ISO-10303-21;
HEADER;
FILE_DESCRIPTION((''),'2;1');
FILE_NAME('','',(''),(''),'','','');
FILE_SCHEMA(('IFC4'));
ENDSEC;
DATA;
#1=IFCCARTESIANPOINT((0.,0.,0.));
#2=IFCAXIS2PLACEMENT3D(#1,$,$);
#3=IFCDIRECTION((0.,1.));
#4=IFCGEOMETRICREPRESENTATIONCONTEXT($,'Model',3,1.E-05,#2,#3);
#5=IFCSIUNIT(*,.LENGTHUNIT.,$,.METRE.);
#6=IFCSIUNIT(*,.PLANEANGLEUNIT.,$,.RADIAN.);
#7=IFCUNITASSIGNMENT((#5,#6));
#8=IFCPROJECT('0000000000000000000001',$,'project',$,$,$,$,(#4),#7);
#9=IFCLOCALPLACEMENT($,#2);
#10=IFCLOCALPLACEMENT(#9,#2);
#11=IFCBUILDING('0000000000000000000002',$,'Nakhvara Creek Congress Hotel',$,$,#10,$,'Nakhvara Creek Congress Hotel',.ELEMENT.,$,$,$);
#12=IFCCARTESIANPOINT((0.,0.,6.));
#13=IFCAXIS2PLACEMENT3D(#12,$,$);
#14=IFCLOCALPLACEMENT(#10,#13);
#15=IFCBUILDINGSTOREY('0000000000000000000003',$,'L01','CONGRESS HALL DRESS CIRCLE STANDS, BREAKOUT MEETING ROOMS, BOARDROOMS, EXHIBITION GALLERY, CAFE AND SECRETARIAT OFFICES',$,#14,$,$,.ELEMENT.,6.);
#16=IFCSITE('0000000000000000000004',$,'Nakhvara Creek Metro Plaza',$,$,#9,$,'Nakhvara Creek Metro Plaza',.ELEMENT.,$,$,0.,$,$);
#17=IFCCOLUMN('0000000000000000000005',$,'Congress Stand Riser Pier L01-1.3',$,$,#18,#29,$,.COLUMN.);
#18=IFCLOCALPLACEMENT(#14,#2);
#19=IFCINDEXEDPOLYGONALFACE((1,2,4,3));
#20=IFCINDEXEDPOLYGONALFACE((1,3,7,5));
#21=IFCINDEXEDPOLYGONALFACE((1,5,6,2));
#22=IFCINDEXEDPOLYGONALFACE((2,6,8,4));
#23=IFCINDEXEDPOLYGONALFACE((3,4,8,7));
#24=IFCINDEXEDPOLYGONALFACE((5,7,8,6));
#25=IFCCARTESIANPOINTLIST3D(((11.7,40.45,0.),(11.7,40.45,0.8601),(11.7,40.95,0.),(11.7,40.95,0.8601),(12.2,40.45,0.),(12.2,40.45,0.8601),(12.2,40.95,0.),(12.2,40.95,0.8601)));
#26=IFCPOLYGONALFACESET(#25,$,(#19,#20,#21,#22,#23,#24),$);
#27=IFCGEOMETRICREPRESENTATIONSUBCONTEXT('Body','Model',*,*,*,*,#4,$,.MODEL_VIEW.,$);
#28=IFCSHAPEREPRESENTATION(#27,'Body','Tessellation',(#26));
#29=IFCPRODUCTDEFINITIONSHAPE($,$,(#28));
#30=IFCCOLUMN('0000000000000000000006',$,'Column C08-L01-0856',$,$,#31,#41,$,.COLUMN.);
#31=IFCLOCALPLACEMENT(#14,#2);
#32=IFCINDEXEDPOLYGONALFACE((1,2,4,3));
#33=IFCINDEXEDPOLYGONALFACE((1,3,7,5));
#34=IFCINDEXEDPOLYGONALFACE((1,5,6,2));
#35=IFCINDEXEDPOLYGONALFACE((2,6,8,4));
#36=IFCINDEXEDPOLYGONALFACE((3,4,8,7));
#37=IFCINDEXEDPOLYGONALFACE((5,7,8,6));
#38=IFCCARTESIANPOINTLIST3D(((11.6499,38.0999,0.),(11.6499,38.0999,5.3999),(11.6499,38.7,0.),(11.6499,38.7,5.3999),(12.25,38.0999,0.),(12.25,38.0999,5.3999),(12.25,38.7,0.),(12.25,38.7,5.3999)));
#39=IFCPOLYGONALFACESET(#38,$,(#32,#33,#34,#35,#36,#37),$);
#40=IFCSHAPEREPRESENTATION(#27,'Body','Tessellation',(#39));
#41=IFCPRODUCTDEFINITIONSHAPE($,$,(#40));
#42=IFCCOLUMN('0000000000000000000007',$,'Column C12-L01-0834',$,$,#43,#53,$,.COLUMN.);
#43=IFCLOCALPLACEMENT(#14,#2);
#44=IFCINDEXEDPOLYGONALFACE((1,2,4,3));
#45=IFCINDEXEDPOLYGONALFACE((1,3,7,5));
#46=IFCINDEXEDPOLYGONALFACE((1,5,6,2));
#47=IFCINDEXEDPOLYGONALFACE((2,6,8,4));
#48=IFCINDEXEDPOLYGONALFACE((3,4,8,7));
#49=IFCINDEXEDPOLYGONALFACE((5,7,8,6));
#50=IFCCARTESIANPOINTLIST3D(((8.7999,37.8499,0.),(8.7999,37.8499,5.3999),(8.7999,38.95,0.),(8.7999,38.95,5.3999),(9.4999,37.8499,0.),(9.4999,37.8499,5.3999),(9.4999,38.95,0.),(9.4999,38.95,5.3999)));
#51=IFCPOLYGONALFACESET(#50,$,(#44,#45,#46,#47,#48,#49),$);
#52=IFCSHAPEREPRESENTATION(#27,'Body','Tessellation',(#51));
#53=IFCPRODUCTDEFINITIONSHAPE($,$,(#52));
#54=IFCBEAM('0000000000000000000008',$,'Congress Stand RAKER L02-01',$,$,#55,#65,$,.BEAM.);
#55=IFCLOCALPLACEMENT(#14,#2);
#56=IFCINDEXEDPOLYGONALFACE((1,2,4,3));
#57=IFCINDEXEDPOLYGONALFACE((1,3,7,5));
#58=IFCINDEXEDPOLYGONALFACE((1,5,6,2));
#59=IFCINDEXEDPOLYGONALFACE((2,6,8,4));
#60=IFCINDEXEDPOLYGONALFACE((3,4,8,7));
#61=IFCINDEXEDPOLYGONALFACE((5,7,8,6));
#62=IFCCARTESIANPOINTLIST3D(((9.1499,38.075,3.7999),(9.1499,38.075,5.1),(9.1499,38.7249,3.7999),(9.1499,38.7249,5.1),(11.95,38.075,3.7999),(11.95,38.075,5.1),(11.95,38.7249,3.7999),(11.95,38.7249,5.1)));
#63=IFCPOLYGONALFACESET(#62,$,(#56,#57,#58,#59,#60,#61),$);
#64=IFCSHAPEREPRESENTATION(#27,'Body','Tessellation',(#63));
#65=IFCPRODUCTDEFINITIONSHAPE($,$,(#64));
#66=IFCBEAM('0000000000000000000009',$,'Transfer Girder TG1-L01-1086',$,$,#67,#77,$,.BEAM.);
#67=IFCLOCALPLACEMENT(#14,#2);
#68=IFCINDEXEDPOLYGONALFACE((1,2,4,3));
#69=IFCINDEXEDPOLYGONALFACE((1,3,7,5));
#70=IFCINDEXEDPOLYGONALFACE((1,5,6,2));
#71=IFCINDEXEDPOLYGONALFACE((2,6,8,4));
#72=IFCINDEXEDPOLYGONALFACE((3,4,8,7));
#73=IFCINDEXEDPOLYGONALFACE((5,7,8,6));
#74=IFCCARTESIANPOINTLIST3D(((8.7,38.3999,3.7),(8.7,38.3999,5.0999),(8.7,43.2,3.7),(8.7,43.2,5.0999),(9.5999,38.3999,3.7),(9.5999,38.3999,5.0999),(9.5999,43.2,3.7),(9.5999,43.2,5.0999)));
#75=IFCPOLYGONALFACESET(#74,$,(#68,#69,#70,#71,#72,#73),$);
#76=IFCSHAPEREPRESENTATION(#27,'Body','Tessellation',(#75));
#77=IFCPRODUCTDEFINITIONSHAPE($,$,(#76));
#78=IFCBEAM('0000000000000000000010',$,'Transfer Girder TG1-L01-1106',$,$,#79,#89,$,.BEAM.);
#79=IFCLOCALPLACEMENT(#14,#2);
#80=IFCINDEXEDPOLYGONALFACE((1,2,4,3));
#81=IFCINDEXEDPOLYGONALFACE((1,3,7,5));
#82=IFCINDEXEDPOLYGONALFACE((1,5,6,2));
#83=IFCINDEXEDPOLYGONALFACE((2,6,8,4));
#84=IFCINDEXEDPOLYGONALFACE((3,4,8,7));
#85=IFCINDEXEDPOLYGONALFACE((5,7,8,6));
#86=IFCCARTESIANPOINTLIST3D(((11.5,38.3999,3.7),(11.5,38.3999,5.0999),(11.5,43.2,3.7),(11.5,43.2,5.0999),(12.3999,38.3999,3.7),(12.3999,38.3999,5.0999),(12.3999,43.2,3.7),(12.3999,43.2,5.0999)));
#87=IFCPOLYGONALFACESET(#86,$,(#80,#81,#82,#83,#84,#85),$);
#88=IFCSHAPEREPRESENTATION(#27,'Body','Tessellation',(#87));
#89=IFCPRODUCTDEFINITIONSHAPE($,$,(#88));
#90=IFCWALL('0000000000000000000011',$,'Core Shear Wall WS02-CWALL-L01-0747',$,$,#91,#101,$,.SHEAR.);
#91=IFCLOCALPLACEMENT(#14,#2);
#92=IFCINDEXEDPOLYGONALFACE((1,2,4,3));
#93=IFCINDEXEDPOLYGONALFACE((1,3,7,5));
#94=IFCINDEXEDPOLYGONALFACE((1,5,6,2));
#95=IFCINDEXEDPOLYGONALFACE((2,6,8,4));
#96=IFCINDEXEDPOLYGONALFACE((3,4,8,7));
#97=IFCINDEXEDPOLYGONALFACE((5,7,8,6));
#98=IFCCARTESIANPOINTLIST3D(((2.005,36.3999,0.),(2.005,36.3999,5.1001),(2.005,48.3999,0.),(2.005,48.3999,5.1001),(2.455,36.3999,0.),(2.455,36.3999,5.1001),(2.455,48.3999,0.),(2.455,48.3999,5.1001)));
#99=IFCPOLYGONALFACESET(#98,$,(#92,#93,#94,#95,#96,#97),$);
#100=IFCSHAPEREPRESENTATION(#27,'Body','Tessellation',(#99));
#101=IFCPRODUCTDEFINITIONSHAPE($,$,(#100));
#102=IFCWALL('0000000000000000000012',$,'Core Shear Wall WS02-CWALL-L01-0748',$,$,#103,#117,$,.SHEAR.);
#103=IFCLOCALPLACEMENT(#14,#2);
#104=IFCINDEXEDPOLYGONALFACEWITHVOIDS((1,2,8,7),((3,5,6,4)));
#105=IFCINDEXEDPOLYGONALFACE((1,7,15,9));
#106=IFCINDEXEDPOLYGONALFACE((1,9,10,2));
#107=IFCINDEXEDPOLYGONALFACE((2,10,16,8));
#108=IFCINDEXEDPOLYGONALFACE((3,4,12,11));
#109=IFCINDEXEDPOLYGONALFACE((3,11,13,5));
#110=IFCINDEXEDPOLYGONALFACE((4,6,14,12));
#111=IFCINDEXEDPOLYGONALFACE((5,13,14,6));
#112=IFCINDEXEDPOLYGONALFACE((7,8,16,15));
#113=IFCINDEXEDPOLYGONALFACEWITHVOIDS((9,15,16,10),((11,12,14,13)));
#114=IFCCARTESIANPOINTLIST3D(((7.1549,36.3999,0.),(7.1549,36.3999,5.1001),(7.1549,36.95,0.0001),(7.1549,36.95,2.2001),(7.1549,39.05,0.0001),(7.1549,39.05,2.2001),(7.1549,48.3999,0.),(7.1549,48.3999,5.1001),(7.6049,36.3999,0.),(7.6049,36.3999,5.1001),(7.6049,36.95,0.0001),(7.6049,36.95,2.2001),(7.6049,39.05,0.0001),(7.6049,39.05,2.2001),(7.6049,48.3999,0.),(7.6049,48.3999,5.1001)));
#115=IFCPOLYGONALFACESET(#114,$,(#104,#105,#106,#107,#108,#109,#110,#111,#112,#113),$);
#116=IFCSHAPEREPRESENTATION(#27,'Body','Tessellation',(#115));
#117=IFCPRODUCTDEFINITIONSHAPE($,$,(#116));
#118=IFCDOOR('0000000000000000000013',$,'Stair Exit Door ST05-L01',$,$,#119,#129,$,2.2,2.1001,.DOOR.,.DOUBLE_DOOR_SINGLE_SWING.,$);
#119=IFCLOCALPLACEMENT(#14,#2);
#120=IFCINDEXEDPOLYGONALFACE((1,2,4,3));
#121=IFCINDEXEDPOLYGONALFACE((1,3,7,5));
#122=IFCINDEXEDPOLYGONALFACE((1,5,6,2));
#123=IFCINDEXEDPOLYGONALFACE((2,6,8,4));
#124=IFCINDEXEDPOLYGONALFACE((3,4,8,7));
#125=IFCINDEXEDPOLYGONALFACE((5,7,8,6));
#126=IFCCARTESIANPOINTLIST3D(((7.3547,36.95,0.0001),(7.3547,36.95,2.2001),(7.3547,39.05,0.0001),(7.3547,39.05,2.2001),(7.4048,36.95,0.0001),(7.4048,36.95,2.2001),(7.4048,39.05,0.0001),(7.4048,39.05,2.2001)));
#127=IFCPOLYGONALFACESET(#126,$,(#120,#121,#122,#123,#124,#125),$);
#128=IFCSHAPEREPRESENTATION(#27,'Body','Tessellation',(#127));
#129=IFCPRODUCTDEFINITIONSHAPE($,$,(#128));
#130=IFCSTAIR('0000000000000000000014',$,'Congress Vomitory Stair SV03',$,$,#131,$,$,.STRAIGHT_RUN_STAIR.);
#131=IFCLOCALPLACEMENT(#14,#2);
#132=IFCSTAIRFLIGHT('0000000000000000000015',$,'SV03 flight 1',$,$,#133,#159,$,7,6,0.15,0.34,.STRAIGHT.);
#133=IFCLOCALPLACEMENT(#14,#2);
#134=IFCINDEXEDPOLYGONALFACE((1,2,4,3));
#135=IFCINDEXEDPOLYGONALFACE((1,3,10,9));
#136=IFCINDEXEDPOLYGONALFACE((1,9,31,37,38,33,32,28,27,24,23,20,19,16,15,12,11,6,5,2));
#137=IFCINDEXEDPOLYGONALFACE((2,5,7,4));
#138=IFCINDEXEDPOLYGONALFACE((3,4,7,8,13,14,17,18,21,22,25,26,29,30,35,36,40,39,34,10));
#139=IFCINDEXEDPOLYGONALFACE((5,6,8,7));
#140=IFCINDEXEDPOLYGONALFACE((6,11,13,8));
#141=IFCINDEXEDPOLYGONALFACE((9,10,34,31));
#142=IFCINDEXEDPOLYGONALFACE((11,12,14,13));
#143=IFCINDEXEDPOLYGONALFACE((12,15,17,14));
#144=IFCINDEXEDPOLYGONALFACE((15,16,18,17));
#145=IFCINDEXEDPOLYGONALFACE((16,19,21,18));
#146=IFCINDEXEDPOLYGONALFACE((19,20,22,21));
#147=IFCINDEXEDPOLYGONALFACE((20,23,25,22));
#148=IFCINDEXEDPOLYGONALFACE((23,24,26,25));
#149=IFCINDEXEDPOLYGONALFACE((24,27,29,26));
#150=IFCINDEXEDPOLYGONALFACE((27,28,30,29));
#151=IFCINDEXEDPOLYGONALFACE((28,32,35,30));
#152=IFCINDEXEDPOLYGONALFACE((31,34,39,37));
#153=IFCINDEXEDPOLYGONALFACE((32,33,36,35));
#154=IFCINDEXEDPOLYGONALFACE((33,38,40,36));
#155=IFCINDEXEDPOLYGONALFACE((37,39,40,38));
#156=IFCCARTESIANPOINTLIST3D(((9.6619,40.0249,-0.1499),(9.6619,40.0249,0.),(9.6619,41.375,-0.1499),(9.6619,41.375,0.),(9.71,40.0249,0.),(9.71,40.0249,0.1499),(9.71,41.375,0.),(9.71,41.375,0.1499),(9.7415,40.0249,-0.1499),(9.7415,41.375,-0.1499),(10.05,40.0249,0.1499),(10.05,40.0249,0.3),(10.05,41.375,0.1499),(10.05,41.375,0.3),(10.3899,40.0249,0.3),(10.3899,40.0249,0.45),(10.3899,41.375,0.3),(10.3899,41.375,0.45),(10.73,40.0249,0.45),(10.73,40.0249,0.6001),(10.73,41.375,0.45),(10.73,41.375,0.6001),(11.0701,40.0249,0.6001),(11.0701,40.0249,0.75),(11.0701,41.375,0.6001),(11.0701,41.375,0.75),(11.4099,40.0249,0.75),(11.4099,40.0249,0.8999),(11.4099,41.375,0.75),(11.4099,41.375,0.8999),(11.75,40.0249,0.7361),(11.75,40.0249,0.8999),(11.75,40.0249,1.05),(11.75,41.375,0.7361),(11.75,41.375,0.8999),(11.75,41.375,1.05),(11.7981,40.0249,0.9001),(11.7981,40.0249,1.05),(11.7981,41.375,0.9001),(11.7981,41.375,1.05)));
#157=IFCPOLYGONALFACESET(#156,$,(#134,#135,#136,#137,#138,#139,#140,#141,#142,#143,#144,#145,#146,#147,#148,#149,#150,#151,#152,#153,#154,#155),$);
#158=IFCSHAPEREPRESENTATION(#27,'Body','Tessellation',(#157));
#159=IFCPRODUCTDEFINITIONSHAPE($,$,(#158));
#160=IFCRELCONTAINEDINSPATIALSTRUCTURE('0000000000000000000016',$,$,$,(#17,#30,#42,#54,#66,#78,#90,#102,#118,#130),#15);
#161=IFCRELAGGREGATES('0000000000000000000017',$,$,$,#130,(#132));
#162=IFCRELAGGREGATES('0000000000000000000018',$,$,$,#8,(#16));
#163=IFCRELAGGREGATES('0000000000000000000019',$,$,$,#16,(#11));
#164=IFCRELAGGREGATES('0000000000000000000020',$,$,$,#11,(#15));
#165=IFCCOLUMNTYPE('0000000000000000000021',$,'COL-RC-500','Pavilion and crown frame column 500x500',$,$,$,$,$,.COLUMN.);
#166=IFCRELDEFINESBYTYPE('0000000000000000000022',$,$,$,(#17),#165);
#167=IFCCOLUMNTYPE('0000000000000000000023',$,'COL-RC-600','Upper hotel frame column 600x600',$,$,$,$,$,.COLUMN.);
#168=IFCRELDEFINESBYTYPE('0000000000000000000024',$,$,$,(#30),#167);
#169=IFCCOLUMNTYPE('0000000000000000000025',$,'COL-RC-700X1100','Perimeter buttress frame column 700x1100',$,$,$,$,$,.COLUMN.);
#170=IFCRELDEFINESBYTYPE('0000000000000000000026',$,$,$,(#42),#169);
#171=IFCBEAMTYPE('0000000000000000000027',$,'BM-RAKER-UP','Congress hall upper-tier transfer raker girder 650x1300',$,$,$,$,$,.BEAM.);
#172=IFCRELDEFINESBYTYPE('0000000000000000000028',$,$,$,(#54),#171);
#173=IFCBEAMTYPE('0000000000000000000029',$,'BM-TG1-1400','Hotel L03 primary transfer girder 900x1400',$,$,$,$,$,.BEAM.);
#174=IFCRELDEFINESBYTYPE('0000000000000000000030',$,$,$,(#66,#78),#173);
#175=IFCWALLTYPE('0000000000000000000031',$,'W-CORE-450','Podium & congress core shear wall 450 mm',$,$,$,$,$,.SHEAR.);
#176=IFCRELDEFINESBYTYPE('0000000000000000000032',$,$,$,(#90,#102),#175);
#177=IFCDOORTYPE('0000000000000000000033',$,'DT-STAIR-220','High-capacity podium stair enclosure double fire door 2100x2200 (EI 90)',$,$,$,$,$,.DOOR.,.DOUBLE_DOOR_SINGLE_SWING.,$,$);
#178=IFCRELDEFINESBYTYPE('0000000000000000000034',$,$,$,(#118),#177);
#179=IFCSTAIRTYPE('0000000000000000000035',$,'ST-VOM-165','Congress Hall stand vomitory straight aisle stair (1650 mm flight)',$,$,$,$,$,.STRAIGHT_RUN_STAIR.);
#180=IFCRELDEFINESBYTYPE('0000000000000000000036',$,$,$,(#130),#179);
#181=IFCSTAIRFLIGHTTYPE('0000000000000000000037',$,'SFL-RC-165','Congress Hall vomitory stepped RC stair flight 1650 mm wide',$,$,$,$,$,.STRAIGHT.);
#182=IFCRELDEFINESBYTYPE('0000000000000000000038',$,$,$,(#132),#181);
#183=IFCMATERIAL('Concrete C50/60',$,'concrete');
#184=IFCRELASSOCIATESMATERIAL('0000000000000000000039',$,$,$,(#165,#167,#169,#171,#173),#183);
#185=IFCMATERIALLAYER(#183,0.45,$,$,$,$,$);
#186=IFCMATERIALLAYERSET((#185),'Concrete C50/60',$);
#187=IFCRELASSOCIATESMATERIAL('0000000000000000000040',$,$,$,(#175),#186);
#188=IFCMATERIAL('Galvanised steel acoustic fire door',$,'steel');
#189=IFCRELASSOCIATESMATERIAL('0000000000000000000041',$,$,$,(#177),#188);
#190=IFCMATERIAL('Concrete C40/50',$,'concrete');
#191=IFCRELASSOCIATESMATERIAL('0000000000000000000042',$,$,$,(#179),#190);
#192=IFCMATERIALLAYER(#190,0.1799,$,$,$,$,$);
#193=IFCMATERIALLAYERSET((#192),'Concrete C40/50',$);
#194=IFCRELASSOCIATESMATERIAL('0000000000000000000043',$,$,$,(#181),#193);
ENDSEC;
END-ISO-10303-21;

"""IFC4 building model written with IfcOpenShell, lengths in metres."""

from ifc_helpers import new_model, si_unit, direction, frame, frame_2d, origin, origin_2d, place, context, subcontext, project, spatial, polyline, rectangle, outline, extrude, material, layer, layer_set, material_profile, profile_set, type_object, element, fill, aggregate, save


model = new_model("IFC4")

# Units and contexts
model_context = context("Model", 3, precision=1e-05, world=origin(), true_north=direction((0.0, 1.0)))
body_context = subcontext(model_context, "Body", "Model", "MODEL_VIEW")
ifc_project = project(units=[si_unit("LENGTHUNIT", "METRE"), si_unit("PLANEANGLEUNIT", "RADIAN")], contexts=[model_context])

# Site, building, storey
site_placement = place(None, origin())
site = spatial("IfcSite", under=ifc_project, at=site_placement, Name="Nakhvara Creek Metro Plaza", LongName="Nakhvara Creek Metro Plaza", CompositionType="ELEMENT", RefElevation=0.0)
building_placement = place(site_placement, origin())
building = spatial("IfcBuilding", under=site, at=building_placement, Name="Nakhvara Creek Congress Hotel", LongName="Nakhvara Creek Congress Hotel", CompositionType="ELEMENT")
storey_placement = place(building_placement, frame((0.0, 0.0, 6.0)))
storey = spatial("IfcBuildingStorey", under=building, at=storey_placement, Name="L01", Description="CONGRESS HALL DRESS CIRCLE STANDS, BREAKOUT MEETING ROOMS, BOARDROOMS, EXHIBITION GALLERY, CAFE AND SECRETARIAT OFFICES", CompositionType="ELEMENT", Elevation=6.0)

# Columns
ifc_material_1 = material(Name="Concrete C50/60", Category="concrete")
ifc_material_profile_1 = material_profile(ifc_material_1, rectangle(XDim=0.5, YDim=0.5, at=origin_2d()), Name="RC-COL 500x500", Category="LoadBearing")
ifc_profile_set_1 = profile_set([ifc_material_profile_1], Name="Concrete C50/60")
column_type_1 = type_object("IfcColumnType", Name="COL-RC-500", Description="Pavilion and crown frame column 500x500", PredefinedType="COLUMN", material=ifc_profile_set_1)
column_1_placement = place(storey_placement, frame((11.95, 40.7, 0.0), z_axis=(0.0, 0.0, 1.0), x_axis=(1.0, 0.0, 0.0)))
element("IfcColumn", 1, at=column_1_placement, inside=storey, type_object=column_type_1, Name="Congress Stand Riser Pier L01-1.3", PredefinedType="COLUMN", context=body_context, shape_type="SweptSolid", body=[
    extrude(rectangle(XDim=0.5, YDim=0.5, at=origin_2d()), origin(), (0.0, 0.0, 1.0), 0.8601),
])
ifc_material_profile_2 = material_profile(ifc_material_1, rectangle(XDim=0.6001, YDim=0.6001, at=origin_2d()), Name="RC-COL 600x600", Category="LoadBearing")
ifc_profile_set_2 = profile_set([ifc_material_profile_2], Name="Concrete C50/60")
column_type_2 = type_object("IfcColumnType", Name="COL-RC-600", Description="Upper hotel frame column 600x600", PredefinedType="COLUMN", material=ifc_profile_set_2)
column_2_placement = place(storey_placement, frame((11.95, 38.3999, 0.0), z_axis=(0.0, 0.0, 1.0), x_axis=(1.0, 0.0, 0.0)))
element("IfcColumn", 2, at=column_2_placement, inside=storey, type_object=column_type_2, Name="Column C08-L01-0856", PredefinedType="COLUMN", context=body_context, shape_type="SweptSolid", body=[
    extrude(rectangle(XDim=0.6001, YDim=0.6001, at=origin_2d()), origin(), (0.0, 0.0, 1.0), 5.3999),
])
ifc_material_profile_3 = material_profile(ifc_material_1, rectangle(XDim=0.7, YDim=1.1001, at=origin_2d()), Name="RC-COL 700x1100", Category="LoadBearing")
ifc_profile_set_3 = profile_set([ifc_material_profile_3], Name="Concrete C50/60")
column_type_3 = type_object("IfcColumnType", Name="COL-RC-700X1100", Description="Perimeter buttress frame column 700x1100", PredefinedType="COLUMN", material=ifc_profile_set_3)
column_3_placement = place(storey_placement, frame((9.1499, 38.3999, 0.0), z_axis=(0.0, 0.0, 1.0), x_axis=(1.0, 0.0, 0.0)))
element("IfcColumn", 3, at=column_3_placement, inside=storey, type_object=column_type_3, Name="Column C12-L01-0834", PredefinedType="COLUMN", context=body_context, shape_type="SweptSolid", body=[
    extrude(rectangle(XDim=0.7, YDim=1.1001, at=origin_2d()), origin(), (0.0, 0.0, 1.0), 5.3999),
])

# Beams
ifc_material_profile_4 = material_profile(ifc_material_1, rectangle(XDim=0.6499, YDim=1.3, at=origin_2d()), Name="RC-RAKER 650x1300", Category="LoadBearing")
ifc_profile_set_4 = profile_set([ifc_material_profile_4], Name="Concrete C50/60")
beam_type_1 = type_object("IfcBeamType", Name="BM-RAKER-UP", Description="Congress hall upper-tier transfer raker girder 650x1300", PredefinedType="BEAM", material=ifc_profile_set_4)
beam_placement = place(storey_placement, frame((9.1499, 38.3999, 4.45), z_axis=(1.0, 0.0, 0.0), x_axis=(0.0, 1.0, 0.0)))
element("IfcBeam", 4, at=beam_placement, inside=storey, type_object=beam_type_1, Name="Congress Stand RAKER L02-01", PredefinedType="BEAM", context=body_context, shape_type="SweptSolid", body=[
    extrude(rectangle(XDim=0.6499, YDim=1.3, at=origin_2d()), origin(), (0.0, 0.0, 1.0), 2.8),
])
ifc_material_profile_5 = material_profile(ifc_material_1, rectangle(XDim=0.8999, YDim=1.3999, at=origin_2d()), Name="RC-TG 900x1400", Category="LoadBearing")
ifc_profile_set_5 = profile_set([ifc_material_profile_5], Name="Concrete C50/60")
beam_type_2 = type_object("IfcBeamType", Name="BM-TG1-1400", Description="Hotel L03 primary transfer girder 900x1400", PredefinedType="BEAM", material=ifc_profile_set_5)
for number, where, z_axis, x_axis, name in (
    (5, (9.1499, 38.3999, 4.3999), (0.0, 1.0, 0.0), (-1.0, 0.0, 0.0), "Transfer Girder TG1-L01-1086"),
    (6, (11.95, 38.3999, 4.3999), (0.0, 1.0, 0.0), (-1.0, 0.0, 0.0), "Transfer Girder TG1-L01-1106"),
):
    element("IfcBeam", number, at=place(storey_placement, frame(where, z_axis=z_axis, x_axis=x_axis)), inside=storey, type_object=beam_type_2, Name=name, PredefinedType="BEAM", context=body_context, shape_type="SweptSolid", body=[
        extrude(rectangle(XDim=0.8999, YDim=1.3999, at=origin_2d()), origin(), (0.0, 0.0, 1.0), 4.8),
    ])

# Wall
ifc_layer_1 = layer(ifc_material_1, 0.45)
ifc_layer_set_1 = layer_set([ifc_layer_1], Name="Concrete C50/60")
wall_type = type_object("IfcWallType", Name="W-CORE-450", Description="Podium & congress core shear wall 450 mm", PredefinedType="SHEAR", material=ifc_layer_set_1)
wall_1_placement = place(storey_placement, frame((2.23, 36.3999, 0.0), z_axis=(0.0, 0.0, 1.0), x_axis=(0.0, 1.0, 0.0)))
element("IfcWall", 7, at=wall_1_placement, inside=storey, type_object=wall_type, Name="Core Shear Wall WS02-CWALL-L01-0747", PredefinedType="SHEAR", context=body_context, shape_type="SweptSolid", body=[
    extrude(rectangle(XDim=12.0, YDim=0.45, at=frame_2d((6.0, 0.0))), origin(), (0.0, 0.0, 1.0), 5.1001),
])

# Wall, opening, door
wall_2_placement = place(storey_placement, frame((7.3799, 36.3999, 0.0), z_axis=(0.0, 0.0, 1.0), x_axis=(0.0, 1.0, 0.0)))
wall_2 = element("IfcWall", 8, at=wall_2_placement, inside=storey, type_object=wall_type, Name="Core Shear Wall WS02-CWALL-L01-0748", PredefinedType="SHEAR", context=body_context, shape_type="SweptSolid", body=[
    extrude(rectangle(XDim=12.0, YDim=0.45, at=frame_2d((6.0, 0.0))), origin(), (0.0, 0.0, 1.0), 5.1001),
])
opening_placement = place(wall_2_placement, frame((0.55, 0.0, 0.0)))
opening = element("IfcOpeningElement", 9, at=opening_placement, cuts=wall_2, PredefinedType="OPENING", context=body_context, shape_type="SweptSolid", body=[
    extrude(rectangle(XDim=2.1001, YDim=2.2, at=frame_2d((1.05, 1.1001))), frame((0.0, 0.2368, 0.0), z_axis=(0.0, -1.0, 0.0), x_axis=(1.0, 0.0, 0.0)), (0.0, 0.0, 1.0), 0.4739),
])
ifc_material_2 = material(Name="Galvanised steel acoustic fire door", Category="steel")
door_type = type_object("IfcDoorType", Name="DT-STAIR-220", Description="High-capacity podium stair enclosure double fire door 2100x2200 (EI 90)", OperationType="DOUBLE_DOOR_SINGLE_SWING", PredefinedType="DOOR", material=ifc_material_2)
door_placement = place(opening_placement, frame((2.1001, 0.0, 0.0), z_axis=(0.0, 0.0, 1.0), x_axis=(-1.0, 0.0, 0.0)))
door = element("IfcDoor", 10, at=door_placement, inside=storey, type_object=door_type, Name="Stair Exit Door ST05-L01", OperationType="DOUBLE_DOOR_SINGLE_SWING", OverallHeight=2.2, OverallWidth=2.1001, PredefinedType="DOOR", context=body_context, shape_type="SweptSolid", body=[
    extrude(rectangle(XDim=2.1001, YDim=2.2, at=frame_2d((1.05, 1.1001))), frame((0.0, 0.0249, 0.0), z_axis=(0.0, -1.0, 0.0), x_axis=(1.0, 0.0, 0.0)), (0.0, 0.0, 1.0), 0.05),
])
fill(opening, door)

# Stair, stair flight
ifc_material_3 = material(Name="Concrete C40/50", Category="concrete")
stair_type_1 = type_object("IfcStairType", Name="ST-VOM-165", Description="Congress Hall stand vomitory straight aisle stair (1650 mm flight)", PredefinedType="STRAIGHT_RUN_STAIR", material=ifc_material_3)
stair_1_placement = place(storey_placement, origin())
stair_1 = element("IfcStair", 11, at=stair_1_placement, inside=storey, type_object=stair_type_1, Name="Congress Vomitory Stair SV03", PredefinedType="STRAIGHT_RUN_STAIR")
ifc_layer_2 = layer(ifc_material_3, 0.1799)
ifc_layer_set_2 = layer_set([ifc_layer_2], Name="Concrete C40/50")
stair_flight_type_1 = type_object("IfcStairFlightType", Name="SFL-RC-165", Description="Congress Hall vomitory stepped RC stair flight 1650 mm wide", PredefinedType="STRAIGHT", material=ifc_layer_set_2)
stair_flight_1_placement = place(storey_placement, frame((9.71, 40.7, 0.0), z_axis=(0.0, 0.0, 1.0), x_axis=(1.0, 0.0, 0.0)))
stair_flight_1 = element("IfcStairFlight", 12, at=stair_flight_1_placement, type_object=stair_flight_type_1, Name="SV03 flight 1", NumberOfRisers=7, NumberOfTreads=6, PredefinedType="STRAIGHT", RiserHeight=0.15, TreadLength=0.34, context=body_context, shape_type="SweptSolid", body=[
    extrude(outline(polyline([(-0.0481, 0.0), (0.0, 0.0), (0.0, 0.1499), (0.3401, 0.1499), (0.3401, 0.3), (0.6799, 0.3), (0.6799, 0.45), (1.02, 0.45), (1.02, 0.6001), (1.3601, 0.6001), (1.3601, 0.75), (1.7, 0.75), (1.7, 0.8999), (2.04, 0.8999), (2.04, 1.05), (2.0881, 1.05), (2.0881, 0.9001), (2.04, 0.7361), (0.0315, -0.1499), (-0.0481, -0.1499), (-0.0481, 0.0)])), frame((0.0, 0.675, 0.0), z_axis=(0.0, -1.0, 0.0), x_axis=(1.0, 0.0, 0.0)), (0.0, 0.0, 1.0), 1.3501),
])
aggregate(stair_1, [stair_flight_1])

save(model, "model.ifc")
